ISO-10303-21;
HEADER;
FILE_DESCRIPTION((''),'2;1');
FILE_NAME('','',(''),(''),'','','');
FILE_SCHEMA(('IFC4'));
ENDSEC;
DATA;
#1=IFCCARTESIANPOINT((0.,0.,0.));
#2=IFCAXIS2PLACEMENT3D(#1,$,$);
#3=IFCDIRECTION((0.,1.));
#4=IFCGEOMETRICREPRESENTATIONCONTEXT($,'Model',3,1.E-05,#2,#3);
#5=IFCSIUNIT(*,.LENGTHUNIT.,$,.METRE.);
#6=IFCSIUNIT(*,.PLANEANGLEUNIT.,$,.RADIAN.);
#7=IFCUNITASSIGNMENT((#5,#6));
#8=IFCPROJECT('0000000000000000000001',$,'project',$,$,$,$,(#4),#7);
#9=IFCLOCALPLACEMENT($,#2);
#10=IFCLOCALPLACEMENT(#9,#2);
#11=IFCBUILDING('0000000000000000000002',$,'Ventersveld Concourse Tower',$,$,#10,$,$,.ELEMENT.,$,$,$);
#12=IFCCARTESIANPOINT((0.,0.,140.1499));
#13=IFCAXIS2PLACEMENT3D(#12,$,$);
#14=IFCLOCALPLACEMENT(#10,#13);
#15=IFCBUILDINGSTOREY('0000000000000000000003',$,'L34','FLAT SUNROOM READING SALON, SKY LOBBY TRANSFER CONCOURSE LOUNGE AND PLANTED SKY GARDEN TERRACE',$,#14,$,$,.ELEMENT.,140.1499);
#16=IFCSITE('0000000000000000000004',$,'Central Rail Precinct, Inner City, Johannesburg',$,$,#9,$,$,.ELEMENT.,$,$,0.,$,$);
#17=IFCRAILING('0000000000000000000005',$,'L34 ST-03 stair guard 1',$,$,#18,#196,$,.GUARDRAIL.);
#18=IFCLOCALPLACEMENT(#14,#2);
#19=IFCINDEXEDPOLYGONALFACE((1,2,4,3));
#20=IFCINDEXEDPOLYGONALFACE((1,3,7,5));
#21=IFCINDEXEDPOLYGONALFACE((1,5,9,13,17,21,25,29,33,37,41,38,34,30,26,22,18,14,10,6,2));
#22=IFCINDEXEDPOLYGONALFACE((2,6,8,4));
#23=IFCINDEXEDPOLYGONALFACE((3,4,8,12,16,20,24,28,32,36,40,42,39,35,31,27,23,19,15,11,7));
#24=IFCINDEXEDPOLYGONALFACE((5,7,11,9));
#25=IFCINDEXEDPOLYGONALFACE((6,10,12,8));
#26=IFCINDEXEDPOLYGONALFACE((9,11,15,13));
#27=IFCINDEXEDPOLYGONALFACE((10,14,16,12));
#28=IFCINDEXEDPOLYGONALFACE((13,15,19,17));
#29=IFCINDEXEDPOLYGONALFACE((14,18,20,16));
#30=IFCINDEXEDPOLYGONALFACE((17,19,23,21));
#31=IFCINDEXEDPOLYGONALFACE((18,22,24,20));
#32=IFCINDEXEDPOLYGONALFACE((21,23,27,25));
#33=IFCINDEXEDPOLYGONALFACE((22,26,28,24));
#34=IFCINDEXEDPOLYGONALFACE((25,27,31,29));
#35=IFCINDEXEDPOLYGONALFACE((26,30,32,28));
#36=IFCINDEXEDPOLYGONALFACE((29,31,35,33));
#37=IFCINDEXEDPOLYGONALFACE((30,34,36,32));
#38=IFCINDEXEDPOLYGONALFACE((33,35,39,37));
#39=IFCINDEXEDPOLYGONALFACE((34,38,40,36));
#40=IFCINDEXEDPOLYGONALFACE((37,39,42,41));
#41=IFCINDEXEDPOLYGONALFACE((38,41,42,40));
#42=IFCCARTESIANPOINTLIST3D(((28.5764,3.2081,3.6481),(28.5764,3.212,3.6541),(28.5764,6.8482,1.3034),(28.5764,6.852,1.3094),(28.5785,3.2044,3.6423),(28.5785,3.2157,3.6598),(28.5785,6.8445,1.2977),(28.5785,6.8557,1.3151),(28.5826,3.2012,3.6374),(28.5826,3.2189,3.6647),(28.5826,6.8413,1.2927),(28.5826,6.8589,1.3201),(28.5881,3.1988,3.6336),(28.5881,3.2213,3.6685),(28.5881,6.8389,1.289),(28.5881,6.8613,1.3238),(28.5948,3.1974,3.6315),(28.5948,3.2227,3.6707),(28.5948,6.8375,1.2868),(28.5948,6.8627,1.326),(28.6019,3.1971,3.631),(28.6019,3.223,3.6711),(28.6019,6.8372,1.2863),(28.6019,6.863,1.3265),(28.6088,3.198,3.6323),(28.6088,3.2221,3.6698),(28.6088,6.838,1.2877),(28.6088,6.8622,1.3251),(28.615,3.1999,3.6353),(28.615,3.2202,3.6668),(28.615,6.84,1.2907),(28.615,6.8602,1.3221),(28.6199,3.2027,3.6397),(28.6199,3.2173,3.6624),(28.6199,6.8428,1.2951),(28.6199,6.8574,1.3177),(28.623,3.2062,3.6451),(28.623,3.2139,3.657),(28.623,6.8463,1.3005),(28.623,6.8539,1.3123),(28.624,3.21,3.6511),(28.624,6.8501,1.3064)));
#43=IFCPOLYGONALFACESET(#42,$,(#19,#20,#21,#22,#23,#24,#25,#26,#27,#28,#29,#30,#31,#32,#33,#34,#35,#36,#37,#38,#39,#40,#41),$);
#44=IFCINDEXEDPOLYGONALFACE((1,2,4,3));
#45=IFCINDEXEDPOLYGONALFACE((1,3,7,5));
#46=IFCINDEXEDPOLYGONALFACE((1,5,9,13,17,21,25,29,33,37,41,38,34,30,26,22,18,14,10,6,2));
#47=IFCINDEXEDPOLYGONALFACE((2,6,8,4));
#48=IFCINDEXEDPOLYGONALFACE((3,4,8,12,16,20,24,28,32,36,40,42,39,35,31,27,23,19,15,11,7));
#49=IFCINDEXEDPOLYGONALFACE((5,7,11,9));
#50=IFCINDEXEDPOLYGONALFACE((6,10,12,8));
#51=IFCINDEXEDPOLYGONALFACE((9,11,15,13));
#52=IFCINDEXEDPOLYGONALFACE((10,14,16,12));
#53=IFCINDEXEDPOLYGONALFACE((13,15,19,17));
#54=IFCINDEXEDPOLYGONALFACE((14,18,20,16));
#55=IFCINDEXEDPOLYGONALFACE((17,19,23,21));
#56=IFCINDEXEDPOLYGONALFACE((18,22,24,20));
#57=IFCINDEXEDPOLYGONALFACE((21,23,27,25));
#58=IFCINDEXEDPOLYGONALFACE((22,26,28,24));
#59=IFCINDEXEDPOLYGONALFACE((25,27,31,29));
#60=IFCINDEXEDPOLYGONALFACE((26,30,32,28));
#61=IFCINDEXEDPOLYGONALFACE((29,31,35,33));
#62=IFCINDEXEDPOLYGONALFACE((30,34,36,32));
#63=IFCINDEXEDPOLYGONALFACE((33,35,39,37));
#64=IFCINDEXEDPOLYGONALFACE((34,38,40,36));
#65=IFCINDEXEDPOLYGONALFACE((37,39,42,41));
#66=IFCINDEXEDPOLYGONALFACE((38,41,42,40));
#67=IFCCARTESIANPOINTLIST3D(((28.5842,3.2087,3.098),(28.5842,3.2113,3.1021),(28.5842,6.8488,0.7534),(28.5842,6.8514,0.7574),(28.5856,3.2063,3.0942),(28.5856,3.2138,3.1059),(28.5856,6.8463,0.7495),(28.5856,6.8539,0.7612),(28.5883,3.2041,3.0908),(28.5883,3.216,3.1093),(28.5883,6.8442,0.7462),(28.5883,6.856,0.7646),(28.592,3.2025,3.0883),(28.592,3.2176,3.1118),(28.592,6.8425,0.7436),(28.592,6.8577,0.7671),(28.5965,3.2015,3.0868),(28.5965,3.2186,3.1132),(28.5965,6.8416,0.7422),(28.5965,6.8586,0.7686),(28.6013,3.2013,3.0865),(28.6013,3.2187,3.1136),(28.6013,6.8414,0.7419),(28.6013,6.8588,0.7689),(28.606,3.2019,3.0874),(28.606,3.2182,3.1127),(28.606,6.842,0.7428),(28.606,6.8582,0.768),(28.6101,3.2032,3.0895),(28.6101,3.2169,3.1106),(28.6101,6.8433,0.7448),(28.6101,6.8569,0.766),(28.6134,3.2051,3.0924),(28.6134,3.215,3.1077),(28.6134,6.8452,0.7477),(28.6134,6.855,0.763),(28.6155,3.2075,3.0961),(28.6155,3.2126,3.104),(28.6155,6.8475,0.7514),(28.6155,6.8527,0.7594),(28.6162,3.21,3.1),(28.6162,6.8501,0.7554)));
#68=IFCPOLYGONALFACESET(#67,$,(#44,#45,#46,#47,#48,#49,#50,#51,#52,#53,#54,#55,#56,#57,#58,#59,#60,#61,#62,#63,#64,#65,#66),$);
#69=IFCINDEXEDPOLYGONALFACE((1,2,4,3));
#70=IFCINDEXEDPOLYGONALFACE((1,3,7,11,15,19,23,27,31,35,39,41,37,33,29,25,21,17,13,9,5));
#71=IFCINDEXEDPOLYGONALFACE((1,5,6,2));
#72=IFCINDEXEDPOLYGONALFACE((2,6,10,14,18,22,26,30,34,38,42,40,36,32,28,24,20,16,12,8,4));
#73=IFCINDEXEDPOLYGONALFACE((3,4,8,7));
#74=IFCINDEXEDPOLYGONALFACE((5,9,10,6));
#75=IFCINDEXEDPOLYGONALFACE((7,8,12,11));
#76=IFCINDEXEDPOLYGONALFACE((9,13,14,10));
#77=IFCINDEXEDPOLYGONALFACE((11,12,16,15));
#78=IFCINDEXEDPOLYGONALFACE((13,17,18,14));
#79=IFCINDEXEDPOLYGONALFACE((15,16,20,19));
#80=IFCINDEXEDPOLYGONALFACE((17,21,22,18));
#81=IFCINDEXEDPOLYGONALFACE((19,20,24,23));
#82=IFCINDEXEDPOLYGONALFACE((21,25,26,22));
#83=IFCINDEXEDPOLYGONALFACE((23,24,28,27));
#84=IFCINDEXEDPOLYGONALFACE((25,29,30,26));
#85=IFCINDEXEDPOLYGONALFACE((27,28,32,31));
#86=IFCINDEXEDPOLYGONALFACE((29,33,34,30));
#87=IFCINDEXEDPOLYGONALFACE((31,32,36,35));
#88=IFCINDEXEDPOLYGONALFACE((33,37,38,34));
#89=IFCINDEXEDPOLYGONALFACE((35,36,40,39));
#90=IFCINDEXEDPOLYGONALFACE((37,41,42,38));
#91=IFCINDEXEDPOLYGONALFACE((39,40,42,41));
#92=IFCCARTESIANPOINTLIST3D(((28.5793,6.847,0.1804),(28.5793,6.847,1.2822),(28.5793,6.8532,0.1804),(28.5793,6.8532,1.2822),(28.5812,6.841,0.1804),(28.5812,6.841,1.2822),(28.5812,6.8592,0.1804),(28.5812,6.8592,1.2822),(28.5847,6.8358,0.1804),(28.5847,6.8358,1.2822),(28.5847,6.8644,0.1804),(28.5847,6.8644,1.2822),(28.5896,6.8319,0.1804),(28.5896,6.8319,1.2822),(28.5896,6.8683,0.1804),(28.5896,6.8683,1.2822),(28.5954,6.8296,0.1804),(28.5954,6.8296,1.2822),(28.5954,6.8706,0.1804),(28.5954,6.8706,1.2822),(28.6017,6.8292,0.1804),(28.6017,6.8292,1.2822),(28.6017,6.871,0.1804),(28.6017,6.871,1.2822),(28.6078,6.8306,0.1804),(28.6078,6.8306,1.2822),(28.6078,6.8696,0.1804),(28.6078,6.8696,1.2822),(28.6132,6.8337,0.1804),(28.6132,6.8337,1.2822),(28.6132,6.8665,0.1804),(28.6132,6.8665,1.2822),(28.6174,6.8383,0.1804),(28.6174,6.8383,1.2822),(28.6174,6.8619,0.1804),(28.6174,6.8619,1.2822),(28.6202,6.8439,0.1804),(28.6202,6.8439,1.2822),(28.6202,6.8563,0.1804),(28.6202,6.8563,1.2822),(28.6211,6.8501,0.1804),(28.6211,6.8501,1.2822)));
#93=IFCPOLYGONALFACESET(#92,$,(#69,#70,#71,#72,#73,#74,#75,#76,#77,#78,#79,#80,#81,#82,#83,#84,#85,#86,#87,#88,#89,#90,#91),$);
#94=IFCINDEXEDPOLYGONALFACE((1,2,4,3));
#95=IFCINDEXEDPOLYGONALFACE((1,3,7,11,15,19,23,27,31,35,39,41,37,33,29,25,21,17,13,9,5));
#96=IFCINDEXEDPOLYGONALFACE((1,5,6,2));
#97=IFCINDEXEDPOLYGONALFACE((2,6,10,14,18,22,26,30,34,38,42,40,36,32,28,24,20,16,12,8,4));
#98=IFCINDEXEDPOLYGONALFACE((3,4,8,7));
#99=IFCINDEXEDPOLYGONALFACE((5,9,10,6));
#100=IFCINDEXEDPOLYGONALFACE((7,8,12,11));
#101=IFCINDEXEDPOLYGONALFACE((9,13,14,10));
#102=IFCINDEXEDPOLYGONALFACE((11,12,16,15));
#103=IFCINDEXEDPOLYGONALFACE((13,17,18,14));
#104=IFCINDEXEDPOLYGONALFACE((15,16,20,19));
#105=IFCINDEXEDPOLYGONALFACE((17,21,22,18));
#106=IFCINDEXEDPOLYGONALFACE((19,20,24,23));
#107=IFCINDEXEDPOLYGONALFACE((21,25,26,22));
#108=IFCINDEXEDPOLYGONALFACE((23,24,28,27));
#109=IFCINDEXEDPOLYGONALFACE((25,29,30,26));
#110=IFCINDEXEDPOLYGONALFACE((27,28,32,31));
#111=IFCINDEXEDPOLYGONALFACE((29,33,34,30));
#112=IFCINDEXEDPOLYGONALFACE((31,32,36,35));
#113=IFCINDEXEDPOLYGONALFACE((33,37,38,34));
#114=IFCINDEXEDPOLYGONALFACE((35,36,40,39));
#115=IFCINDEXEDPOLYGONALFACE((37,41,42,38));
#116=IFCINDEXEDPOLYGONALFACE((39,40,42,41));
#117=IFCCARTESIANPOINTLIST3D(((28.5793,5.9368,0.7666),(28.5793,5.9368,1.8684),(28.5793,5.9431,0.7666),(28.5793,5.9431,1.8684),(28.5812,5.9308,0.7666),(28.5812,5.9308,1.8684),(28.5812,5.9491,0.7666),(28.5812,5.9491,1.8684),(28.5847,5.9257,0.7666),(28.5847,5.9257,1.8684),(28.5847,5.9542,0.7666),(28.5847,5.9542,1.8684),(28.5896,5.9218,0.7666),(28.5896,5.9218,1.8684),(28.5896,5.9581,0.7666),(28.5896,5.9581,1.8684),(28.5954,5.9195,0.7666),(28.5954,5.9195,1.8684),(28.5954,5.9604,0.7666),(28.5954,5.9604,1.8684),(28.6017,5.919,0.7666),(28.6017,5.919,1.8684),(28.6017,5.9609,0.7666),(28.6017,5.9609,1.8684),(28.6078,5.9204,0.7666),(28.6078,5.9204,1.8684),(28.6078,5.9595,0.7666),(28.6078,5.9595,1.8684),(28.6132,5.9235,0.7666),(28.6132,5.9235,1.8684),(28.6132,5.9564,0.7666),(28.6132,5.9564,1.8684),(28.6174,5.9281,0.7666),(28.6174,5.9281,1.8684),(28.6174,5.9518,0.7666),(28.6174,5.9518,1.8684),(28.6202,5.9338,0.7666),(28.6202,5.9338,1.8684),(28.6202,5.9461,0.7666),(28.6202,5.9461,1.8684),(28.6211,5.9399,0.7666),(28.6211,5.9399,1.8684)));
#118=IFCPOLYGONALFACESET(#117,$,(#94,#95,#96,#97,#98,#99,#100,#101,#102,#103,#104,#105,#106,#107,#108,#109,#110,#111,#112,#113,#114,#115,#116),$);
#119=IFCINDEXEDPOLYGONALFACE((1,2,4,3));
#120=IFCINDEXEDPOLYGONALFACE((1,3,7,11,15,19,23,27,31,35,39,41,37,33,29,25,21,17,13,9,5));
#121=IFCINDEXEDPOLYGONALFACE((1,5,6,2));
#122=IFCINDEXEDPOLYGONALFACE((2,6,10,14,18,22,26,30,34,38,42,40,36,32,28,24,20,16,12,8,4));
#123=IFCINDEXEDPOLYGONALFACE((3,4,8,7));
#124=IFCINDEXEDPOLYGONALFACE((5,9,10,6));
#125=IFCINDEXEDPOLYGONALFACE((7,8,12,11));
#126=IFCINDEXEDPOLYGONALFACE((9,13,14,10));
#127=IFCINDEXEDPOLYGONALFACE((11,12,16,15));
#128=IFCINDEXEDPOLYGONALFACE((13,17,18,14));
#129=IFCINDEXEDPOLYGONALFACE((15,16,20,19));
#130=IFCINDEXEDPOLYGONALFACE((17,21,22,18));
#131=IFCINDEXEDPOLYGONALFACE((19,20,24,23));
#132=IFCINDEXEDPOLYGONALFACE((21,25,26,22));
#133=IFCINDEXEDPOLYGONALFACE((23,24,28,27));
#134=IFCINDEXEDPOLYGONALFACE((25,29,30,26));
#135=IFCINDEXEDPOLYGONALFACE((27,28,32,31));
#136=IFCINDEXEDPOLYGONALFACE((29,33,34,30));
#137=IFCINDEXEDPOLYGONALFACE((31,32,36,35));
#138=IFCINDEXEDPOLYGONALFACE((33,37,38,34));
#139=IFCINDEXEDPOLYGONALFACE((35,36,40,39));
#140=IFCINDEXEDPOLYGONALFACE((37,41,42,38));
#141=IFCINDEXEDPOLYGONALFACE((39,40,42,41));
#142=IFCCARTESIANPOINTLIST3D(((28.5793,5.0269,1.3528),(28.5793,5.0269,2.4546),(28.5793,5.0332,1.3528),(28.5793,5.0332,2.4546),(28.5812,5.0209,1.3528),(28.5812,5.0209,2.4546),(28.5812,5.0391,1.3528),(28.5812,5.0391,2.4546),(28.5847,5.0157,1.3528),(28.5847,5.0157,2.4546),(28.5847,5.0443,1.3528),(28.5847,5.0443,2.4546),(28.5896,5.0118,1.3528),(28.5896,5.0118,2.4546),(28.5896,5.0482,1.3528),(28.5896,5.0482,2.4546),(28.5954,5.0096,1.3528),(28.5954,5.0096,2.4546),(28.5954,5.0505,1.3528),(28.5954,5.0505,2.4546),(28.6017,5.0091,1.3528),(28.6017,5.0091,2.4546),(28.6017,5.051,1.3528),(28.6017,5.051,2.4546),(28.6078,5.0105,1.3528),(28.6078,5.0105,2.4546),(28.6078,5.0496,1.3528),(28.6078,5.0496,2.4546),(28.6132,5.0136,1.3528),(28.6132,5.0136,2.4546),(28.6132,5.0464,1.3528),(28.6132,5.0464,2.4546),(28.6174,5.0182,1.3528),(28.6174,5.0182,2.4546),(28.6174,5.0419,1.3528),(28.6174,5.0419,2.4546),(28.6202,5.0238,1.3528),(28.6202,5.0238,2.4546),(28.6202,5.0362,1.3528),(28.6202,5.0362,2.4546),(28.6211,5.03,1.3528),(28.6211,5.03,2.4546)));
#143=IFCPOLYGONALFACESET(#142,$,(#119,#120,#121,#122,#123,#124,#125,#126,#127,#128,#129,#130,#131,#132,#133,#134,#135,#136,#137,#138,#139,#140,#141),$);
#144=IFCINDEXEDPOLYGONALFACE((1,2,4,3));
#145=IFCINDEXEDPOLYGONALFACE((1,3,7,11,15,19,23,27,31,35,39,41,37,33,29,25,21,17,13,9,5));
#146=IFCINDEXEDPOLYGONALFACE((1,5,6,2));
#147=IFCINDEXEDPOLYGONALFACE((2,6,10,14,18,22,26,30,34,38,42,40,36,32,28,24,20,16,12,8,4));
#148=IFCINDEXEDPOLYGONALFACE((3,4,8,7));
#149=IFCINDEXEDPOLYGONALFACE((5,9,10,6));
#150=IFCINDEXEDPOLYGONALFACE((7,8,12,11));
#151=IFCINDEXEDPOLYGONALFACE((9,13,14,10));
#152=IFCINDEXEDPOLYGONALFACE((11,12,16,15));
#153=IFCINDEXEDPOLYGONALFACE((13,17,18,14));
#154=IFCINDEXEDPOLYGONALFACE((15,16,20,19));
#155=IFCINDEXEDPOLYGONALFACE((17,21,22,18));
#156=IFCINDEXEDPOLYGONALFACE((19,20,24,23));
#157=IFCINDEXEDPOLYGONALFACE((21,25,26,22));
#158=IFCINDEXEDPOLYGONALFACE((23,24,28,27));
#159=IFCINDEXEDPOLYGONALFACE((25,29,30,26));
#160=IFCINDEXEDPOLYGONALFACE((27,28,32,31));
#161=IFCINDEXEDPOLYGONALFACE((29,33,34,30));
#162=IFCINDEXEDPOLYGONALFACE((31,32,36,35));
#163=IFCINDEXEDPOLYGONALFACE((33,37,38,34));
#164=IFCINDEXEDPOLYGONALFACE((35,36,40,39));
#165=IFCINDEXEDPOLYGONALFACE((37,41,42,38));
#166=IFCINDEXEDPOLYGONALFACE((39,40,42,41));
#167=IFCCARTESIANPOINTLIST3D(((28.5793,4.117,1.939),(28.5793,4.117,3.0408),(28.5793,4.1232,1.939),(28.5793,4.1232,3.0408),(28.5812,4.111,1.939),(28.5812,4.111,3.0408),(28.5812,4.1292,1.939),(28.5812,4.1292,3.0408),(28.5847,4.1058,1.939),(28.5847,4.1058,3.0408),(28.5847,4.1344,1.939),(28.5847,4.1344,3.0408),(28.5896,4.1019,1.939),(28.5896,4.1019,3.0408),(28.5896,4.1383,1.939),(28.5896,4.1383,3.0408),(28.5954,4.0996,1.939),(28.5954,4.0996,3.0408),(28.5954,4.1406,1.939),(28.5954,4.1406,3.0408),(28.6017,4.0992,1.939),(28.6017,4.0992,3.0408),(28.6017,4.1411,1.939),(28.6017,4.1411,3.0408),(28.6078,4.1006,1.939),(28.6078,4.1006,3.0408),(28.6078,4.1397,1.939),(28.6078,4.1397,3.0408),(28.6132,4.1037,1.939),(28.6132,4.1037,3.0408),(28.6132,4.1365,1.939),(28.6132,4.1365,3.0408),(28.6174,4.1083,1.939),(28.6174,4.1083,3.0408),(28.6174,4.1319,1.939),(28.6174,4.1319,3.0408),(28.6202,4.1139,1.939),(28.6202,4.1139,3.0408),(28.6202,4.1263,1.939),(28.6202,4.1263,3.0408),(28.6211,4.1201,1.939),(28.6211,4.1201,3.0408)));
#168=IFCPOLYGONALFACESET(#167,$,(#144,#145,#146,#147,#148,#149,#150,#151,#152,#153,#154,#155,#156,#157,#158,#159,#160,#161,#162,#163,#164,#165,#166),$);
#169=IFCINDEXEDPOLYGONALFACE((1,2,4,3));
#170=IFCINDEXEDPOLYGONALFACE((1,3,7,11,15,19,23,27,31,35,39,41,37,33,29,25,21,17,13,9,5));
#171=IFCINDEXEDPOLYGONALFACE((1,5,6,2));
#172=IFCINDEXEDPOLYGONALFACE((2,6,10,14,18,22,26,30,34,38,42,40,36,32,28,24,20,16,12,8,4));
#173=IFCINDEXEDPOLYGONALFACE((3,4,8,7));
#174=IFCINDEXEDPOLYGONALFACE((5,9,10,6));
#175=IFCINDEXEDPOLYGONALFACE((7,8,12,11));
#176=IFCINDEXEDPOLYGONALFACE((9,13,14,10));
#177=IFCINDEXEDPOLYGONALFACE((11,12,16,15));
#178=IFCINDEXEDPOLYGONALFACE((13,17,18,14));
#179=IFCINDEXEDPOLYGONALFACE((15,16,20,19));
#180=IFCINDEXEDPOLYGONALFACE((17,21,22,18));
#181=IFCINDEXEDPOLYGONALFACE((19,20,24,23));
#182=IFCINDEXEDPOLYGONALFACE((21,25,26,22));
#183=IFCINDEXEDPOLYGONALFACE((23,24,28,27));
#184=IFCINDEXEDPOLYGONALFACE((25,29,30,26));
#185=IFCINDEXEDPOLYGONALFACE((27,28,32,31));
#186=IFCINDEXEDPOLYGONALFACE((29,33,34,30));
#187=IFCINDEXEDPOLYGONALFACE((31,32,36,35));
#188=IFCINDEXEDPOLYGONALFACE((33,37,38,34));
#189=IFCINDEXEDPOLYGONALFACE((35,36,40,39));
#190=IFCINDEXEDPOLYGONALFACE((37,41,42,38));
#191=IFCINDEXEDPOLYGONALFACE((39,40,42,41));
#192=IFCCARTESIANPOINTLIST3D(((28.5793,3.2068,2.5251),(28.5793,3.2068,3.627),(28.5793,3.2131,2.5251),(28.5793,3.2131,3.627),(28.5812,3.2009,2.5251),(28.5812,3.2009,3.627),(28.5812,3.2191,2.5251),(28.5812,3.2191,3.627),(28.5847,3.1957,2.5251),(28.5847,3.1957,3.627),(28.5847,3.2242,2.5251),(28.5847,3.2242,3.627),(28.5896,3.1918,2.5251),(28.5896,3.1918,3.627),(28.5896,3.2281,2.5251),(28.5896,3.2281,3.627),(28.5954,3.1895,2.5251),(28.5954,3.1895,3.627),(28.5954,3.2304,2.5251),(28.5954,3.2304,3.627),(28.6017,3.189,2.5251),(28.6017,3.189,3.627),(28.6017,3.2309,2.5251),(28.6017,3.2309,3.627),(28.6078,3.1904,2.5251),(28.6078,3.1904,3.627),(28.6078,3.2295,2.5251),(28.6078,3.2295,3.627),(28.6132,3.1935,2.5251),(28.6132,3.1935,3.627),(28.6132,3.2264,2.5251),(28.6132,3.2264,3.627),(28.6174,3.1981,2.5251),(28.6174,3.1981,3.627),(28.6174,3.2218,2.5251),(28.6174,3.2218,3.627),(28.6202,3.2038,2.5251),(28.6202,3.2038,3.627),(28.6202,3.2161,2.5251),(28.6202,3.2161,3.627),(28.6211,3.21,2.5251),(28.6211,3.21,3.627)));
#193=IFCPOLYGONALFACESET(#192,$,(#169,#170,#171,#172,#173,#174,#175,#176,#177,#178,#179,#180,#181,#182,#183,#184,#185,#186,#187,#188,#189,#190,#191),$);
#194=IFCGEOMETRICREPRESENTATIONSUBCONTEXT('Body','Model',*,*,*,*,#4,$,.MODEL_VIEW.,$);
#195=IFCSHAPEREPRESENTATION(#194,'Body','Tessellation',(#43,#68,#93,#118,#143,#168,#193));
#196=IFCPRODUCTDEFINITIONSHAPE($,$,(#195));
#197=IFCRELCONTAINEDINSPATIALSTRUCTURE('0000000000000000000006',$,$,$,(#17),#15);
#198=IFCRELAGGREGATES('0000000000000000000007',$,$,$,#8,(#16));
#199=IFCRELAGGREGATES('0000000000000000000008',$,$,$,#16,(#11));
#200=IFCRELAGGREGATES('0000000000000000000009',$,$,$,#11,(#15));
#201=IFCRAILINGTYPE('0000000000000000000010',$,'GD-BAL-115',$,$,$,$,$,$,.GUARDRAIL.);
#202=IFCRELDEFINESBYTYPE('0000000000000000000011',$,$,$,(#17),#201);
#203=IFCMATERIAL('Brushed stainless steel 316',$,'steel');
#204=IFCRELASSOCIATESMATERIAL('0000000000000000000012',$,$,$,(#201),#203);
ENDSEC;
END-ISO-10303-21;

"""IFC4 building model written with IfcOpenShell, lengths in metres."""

from ifc_helpers import new_model, si_unit, direction, frame, origin, origin_2d, place, context, subcontext, project, spatial, circle, extrude, material, type_object, element, save


model = new_model("IFC4")

# Units and contexts
model_context = context("Model", 3, precision=1e-05, world=origin(), true_north=direction((0.0, 1.0)))
body_context = subcontext(model_context, "Body", "Model", "MODEL_VIEW")
ifc_project = project(units=[si_unit("LENGTHUNIT", "METRE"), si_unit("PLANEANGLEUNIT", "RADIAN")], contexts=[model_context])

# Site, building, storey
site_placement = place(None, origin())
site = spatial("IfcSite", under=ifc_project, at=site_placement, Name="Central Rail Precinct, Inner City, Johannesburg", CompositionType="ELEMENT", RefElevation=0.0)
building_placement = place(site_placement, origin())
building = spatial("IfcBuilding", under=site, at=building_placement, Name="Ventersveld Concourse Tower", CompositionType="ELEMENT")
storey_placement = place(building_placement, frame((0.0, 0.0, 140.1499)))
storey = spatial("IfcBuildingStorey", under=building, at=storey_placement, Name="L34", Description="FLAT SUNROOM READING SALON, SKY LOBBY TRANSFER CONCOURSE LOUNGE AND PLANTED SKY GARDEN TERRACE", CompositionType="ELEMENT", Elevation=140.1499)

# Shared definitions
ifc_material_1 = material(Name="Brushed stainless steel 316", Category="steel")

# Railing
railing_type_1 = type_object("IfcRailingType", Name="GD-BAL-115", PredefinedType="GUARDRAIL", material=ifc_material_1)
railing_1_placement = place(storey_placement, frame((28.6001, 6.8501, 0.1804)))
element("IfcRailing", 1, at=railing_1_placement, inside=storey, type_object=railing_type_1, Name="L34 ST-03 stair guard 1", PredefinedType="GUARDRAIL", context=body_context, shape_type="SweptSolid", body=[
    extrude(circle(Radius=0.0239, at=origin_2d()), frame((0.0, 0.0, 1.126), z_axis=(0.0, -0.840691, 0.541515), x_axis=(1.0, 0.0, 0.0)), (0.0, 0.0, 1.0), 4.3298),
    extrude(circle(Radius=0.0161, at=origin_2d()), frame((0.0, 0.0, 0.575), z_axis=(0.0, -0.840691, 0.541515), x_axis=(1.0, 0.0, 0.0)), (0.0, 0.0, 1.0), 4.3298),
    extrude(circle(Radius=0.021, at=origin_2d()), origin(), (0.0, 0.0, 1.0), 1.1018),
    extrude(circle(Radius=0.021, at=origin_2d()), frame((0.0, -0.9102, 0.5862)), (0.0, 0.0, 1.0), 1.1018),
    extrude(circle(Radius=0.021, at=origin_2d()), frame((0.0, -1.8201, 1.1724)), (0.0, 0.0, 1.0), 1.1018),
    extrude(circle(Radius=0.021, at=origin_2d()), frame((0.0, -2.73, 1.7585)), (0.0, 0.0, 1.0), 1.1018),
    extrude(circle(Radius=0.021, at=origin_2d()), frame((0.0, -3.6401, 2.3447)), (0.0, 0.0, 1.0), 1.1018),
])

save(model, "model.ifc")
